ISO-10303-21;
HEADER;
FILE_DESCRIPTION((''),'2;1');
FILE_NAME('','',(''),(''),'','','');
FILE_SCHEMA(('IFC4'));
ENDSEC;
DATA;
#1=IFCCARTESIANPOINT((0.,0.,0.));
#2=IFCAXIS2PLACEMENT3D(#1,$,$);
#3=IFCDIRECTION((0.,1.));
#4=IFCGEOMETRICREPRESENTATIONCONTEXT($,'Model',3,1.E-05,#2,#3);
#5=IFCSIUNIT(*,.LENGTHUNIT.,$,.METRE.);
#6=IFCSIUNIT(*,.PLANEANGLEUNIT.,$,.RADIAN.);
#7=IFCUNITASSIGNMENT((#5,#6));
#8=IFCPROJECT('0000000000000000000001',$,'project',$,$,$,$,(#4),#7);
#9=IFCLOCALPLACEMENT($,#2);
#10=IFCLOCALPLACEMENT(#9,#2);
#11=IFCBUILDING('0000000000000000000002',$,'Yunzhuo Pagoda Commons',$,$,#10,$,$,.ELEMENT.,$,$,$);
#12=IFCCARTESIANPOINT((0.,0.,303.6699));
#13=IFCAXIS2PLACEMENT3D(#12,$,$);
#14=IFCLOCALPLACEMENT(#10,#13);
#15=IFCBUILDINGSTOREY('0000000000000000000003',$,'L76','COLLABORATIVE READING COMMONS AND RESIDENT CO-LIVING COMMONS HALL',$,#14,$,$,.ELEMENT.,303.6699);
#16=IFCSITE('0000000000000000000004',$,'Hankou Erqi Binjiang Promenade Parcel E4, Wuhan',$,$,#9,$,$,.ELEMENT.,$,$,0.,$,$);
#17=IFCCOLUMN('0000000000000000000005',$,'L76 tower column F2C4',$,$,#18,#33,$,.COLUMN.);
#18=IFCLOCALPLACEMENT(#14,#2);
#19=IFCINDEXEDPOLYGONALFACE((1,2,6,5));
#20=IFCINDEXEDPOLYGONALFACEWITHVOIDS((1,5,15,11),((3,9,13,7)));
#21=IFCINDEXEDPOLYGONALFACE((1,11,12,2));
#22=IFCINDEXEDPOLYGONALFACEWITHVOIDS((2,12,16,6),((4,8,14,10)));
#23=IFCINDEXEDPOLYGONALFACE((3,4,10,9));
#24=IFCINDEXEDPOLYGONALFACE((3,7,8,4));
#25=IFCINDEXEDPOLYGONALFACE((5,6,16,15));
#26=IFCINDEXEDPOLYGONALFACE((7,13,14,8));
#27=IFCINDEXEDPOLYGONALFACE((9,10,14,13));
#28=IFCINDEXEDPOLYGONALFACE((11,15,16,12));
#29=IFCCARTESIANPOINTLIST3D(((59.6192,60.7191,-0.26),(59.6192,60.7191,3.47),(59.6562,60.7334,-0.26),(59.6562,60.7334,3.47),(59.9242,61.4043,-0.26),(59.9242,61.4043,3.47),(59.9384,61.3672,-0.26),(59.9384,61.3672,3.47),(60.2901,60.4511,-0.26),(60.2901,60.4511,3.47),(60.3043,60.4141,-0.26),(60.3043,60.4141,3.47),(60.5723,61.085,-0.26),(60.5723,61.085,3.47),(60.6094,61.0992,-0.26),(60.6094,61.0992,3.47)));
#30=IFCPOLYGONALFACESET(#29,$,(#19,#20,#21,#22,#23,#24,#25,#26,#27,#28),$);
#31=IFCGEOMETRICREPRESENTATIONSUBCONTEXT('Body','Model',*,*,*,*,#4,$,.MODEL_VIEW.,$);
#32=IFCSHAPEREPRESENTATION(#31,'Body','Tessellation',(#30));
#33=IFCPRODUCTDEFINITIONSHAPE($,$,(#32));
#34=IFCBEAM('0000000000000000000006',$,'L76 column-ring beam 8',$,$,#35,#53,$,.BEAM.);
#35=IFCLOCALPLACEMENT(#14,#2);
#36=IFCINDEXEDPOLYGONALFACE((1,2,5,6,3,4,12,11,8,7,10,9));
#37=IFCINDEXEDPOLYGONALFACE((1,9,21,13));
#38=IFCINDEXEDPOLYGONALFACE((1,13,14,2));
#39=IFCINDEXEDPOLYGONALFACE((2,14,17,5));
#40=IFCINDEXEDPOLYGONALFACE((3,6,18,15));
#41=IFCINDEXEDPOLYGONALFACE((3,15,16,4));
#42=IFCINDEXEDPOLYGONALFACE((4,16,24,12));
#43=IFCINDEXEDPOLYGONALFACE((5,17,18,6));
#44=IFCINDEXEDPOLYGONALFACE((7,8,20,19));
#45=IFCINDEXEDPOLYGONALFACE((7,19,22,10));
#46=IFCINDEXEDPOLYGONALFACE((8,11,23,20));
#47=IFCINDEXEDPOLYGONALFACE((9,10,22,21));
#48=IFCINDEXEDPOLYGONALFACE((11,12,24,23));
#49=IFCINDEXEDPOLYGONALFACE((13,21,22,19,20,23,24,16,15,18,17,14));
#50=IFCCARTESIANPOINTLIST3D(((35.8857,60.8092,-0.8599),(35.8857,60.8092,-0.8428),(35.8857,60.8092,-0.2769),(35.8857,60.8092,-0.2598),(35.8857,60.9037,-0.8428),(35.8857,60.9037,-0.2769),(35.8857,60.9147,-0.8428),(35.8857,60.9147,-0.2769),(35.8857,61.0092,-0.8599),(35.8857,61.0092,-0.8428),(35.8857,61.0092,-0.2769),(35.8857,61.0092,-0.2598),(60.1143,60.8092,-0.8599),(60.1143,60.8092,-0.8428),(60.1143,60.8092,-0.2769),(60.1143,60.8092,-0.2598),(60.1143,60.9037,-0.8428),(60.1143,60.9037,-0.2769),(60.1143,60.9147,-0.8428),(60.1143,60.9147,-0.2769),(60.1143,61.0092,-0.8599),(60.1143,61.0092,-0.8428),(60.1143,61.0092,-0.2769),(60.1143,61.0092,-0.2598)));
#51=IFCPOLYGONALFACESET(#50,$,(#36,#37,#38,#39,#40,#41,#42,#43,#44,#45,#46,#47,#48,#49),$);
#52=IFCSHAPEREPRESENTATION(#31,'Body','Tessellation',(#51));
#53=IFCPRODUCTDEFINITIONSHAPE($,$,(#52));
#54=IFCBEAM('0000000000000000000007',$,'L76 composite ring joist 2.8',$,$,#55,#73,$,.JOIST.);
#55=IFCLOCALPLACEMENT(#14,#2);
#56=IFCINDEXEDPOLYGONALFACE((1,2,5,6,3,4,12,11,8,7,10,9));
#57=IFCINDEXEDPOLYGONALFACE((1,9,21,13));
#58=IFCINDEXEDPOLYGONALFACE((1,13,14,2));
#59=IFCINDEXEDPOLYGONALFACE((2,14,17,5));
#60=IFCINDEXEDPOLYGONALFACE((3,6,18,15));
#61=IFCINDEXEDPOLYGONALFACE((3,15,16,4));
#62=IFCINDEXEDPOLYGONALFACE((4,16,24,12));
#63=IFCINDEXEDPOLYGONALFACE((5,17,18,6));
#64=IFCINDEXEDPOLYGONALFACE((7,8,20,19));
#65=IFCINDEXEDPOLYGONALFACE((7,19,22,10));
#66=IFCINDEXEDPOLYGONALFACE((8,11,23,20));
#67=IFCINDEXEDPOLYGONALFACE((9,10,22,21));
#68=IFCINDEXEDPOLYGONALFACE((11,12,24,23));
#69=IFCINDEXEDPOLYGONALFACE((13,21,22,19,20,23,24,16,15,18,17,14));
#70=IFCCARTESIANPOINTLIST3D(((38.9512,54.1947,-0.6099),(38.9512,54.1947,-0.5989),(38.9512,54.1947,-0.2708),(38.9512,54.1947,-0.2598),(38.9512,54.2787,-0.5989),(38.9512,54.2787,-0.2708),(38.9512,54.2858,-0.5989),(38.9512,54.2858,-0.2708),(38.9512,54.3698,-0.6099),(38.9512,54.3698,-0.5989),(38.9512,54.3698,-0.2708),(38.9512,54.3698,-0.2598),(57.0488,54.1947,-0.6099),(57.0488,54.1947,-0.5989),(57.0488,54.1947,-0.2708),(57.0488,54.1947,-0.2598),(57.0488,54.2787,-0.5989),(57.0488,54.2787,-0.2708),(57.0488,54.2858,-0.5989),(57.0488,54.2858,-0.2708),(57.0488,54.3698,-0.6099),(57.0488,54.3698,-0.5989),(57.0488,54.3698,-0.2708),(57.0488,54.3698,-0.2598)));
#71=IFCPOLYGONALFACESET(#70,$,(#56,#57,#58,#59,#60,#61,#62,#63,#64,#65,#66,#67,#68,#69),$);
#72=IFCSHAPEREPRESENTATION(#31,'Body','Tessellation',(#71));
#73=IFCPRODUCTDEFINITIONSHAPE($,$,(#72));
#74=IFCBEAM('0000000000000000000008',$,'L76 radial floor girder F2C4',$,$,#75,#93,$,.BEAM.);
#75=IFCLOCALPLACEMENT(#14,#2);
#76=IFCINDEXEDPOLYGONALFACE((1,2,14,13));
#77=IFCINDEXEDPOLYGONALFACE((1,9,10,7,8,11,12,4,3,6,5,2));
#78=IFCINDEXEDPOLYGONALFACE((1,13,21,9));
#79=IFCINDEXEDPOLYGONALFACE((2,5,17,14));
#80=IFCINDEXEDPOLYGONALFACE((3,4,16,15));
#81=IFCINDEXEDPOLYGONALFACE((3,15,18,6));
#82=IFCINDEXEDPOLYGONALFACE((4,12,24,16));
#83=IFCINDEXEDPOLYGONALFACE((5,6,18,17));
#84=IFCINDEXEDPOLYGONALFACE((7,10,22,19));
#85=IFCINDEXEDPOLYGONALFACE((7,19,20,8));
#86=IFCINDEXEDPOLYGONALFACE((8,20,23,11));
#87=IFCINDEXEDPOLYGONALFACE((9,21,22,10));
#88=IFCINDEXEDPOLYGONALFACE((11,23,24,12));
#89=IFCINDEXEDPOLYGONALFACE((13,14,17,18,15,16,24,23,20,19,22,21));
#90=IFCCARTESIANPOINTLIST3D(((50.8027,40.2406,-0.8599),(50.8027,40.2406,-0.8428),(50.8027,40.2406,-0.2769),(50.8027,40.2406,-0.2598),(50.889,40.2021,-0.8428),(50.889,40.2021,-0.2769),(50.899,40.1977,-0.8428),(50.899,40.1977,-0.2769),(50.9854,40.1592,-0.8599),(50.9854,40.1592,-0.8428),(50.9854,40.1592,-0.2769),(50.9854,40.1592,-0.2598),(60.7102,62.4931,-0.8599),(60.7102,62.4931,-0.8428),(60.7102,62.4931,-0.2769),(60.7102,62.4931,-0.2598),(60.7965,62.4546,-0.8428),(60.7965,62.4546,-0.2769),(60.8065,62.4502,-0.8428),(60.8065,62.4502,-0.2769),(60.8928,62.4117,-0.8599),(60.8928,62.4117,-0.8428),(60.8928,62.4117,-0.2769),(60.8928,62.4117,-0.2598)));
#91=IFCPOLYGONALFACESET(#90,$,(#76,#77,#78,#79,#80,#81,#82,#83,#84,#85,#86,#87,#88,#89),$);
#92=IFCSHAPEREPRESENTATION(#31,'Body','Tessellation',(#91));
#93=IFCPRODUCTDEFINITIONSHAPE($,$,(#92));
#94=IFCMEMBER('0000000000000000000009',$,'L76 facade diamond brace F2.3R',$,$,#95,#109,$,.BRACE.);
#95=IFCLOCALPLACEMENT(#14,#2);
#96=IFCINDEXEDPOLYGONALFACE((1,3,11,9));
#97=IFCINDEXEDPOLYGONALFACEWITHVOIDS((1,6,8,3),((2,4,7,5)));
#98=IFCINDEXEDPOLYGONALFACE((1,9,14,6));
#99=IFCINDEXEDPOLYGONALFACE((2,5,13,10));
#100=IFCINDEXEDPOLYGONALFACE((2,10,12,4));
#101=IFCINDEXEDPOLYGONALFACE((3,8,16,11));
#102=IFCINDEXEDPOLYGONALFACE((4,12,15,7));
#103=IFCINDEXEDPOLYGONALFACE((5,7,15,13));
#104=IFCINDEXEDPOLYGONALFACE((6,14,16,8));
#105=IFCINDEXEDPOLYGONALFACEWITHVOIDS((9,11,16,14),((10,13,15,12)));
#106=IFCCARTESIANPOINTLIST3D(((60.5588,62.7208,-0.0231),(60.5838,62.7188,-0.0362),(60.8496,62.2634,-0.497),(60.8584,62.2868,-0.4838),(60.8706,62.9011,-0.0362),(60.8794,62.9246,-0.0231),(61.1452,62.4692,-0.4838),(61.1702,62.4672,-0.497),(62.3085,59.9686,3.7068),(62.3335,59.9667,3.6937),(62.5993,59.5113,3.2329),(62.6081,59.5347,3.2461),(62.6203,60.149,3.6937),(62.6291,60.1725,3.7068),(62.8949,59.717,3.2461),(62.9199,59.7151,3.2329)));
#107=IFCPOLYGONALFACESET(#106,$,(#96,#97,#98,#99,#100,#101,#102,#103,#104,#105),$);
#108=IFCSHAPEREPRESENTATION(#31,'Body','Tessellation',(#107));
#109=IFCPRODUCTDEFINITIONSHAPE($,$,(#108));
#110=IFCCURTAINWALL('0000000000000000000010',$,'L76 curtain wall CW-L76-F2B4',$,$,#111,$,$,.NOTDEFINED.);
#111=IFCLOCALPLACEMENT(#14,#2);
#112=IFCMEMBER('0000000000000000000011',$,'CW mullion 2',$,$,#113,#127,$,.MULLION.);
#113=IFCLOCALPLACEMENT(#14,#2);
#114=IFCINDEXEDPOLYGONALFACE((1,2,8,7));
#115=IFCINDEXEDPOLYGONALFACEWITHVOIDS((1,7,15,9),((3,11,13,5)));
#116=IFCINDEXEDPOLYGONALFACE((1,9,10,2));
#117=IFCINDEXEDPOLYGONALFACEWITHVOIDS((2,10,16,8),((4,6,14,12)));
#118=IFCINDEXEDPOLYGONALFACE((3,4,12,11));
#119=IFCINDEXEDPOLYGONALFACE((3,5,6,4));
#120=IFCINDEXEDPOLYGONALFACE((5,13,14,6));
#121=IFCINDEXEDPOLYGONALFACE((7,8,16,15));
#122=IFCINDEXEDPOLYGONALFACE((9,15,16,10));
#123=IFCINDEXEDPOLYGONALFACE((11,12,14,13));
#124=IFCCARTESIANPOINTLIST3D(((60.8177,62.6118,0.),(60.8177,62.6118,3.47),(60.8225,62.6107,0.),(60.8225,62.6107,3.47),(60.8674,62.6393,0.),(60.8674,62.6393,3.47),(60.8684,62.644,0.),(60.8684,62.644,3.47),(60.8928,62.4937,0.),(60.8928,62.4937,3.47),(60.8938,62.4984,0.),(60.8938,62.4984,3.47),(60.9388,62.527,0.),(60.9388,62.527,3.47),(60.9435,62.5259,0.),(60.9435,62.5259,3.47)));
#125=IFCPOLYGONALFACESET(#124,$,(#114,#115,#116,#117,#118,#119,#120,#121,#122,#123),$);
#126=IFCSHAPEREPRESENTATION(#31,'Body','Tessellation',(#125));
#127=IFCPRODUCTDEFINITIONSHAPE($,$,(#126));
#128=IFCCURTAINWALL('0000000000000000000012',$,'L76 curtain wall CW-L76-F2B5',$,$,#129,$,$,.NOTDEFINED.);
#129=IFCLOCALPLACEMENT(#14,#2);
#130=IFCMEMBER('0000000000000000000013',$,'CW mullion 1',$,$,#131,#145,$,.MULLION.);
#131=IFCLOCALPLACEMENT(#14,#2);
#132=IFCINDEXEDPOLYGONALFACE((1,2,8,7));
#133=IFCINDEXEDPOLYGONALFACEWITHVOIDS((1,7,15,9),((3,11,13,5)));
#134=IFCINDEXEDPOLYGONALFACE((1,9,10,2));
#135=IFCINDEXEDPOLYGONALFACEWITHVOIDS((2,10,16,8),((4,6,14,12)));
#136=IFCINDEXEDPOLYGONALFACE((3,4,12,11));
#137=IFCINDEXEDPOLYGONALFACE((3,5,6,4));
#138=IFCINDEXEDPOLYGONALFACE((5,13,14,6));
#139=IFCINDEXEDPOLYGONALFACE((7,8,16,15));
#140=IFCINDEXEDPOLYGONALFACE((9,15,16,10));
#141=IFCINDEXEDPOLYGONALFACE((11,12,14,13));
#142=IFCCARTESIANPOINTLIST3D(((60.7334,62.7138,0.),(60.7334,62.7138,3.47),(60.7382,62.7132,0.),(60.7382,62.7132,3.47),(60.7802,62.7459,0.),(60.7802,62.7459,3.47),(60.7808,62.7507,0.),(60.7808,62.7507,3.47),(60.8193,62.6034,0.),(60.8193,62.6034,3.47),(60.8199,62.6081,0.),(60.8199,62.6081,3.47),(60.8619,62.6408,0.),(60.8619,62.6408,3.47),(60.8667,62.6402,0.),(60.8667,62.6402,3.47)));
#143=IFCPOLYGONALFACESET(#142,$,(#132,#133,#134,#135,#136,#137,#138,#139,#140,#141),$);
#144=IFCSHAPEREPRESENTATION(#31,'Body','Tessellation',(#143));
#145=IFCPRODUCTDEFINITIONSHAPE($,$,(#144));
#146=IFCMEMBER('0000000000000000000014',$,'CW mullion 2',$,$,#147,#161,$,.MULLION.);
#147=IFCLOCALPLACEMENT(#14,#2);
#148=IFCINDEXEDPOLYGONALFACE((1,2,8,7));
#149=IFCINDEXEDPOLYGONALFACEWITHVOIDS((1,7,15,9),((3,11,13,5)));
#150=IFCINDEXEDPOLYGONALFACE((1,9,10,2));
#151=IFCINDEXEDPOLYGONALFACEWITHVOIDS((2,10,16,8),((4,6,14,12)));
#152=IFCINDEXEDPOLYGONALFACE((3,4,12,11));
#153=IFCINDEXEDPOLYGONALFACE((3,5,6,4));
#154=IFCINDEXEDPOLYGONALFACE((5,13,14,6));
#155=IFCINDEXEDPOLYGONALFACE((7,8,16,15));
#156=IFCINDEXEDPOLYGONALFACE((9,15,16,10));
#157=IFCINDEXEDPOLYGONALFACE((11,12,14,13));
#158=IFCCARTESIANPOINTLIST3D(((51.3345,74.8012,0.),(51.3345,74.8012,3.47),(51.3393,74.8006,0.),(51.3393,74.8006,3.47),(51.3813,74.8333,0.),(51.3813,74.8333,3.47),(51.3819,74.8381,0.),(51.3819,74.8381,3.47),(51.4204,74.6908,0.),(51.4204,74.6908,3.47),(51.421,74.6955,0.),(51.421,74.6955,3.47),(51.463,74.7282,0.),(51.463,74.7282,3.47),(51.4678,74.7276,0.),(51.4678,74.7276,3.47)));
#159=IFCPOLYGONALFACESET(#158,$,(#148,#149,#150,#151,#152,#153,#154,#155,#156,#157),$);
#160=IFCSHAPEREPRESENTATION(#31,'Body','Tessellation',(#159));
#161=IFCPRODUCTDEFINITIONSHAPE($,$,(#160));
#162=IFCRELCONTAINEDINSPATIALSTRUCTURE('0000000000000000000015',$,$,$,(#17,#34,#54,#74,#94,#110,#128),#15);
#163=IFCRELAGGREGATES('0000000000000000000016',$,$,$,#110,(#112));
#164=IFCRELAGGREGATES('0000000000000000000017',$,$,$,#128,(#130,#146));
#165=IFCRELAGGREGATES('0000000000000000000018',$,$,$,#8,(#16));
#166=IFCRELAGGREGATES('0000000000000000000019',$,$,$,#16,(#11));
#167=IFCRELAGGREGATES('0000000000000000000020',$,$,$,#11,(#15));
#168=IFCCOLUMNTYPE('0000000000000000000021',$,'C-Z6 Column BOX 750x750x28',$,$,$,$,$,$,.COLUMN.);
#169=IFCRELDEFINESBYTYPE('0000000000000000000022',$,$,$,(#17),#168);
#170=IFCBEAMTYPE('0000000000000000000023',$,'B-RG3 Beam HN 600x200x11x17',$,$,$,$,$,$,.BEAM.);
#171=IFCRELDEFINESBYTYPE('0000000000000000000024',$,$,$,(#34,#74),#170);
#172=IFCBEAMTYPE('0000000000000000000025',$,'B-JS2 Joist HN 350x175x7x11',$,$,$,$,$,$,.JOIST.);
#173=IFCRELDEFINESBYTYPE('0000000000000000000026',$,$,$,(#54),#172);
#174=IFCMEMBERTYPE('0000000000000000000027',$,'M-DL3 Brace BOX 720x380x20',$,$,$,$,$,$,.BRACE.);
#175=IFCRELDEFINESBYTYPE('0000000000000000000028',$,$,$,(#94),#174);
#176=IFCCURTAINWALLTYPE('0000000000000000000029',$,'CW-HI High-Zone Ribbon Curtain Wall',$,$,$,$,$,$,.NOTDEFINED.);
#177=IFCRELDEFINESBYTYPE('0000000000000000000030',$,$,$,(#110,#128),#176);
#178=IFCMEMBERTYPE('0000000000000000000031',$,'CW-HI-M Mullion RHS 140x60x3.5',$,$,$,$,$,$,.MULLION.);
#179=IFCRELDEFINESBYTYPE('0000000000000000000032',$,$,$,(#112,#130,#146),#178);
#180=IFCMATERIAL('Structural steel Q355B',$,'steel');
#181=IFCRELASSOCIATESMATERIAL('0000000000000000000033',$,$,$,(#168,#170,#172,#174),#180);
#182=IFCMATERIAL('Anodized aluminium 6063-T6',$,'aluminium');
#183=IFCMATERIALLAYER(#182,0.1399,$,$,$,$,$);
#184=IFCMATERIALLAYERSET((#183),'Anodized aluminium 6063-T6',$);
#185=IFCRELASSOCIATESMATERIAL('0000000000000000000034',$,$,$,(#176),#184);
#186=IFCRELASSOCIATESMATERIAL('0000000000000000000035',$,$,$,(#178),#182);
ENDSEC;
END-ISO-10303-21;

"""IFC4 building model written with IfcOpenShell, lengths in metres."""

from ifc_helpers import new_model, si_unit, direction, frame, origin, origin_2d, place, context, subcontext, project, spatial, hollow_rectangle, i_section, extrude, source, transform, mapped, material, layer, layer_set, material_profile, profile_set, type_object, element, aggregate, save


model = new_model("IFC4")

# Units and contexts
model_context = context("Model", 3, precision=1e-05, world=origin(), true_north=direction((0.0, 1.0)))
body_context = subcontext(model_context, "Body", "Model", "MODEL_VIEW")
ifc_project = project(units=[si_unit("LENGTHUNIT", "METRE"), si_unit("PLANEANGLEUNIT", "RADIAN")], contexts=[model_context])

# Site, building, storey
site_placement = place(None, origin())
site = spatial("IfcSite", under=ifc_project, at=site_placement, Name="Hankou Erqi Binjiang Promenade Parcel E4, Wuhan", CompositionType="ELEMENT", RefElevation=0.0)
building_placement = place(site_placement, origin())
building = spatial("IfcBuilding", under=site, at=building_placement, Name="Yunzhuo Pagoda Commons", CompositionType="ELEMENT")
storey_placement = place(building_placement, frame((0.0, 0.0, 303.6699)))
storey = spatial("IfcBuildingStorey", under=building, at=storey_placement, Name="L76", Description="COLLABORATIVE READING COMMONS AND RESIDENT CO-LIVING COMMONS HALL", CompositionType="ELEMENT", Elevation=303.6699)

# Column
ifc_material_1 = material(Name="Structural steel Q355B", Category="steel")
ifc_material_profile_1 = material_profile(ifc_material_1, hollow_rectangle(XDim=0.75, YDim=0.75, WallThickness=0.0281, at=origin_2d()), Name="Structural steel Q355B")
ifc_profile_set_1 = profile_set([ifc_material_profile_1], Name="Structural steel Q355B")
column_type = type_object("IfcColumnType", Name="C-Z6 Column BOX 750x750x28", PredefinedType="COLUMN", material=ifc_profile_set_1)
shared_shape_1 = source(origin(), body_context, "Body", "SweptSolid", [
    extrude(hollow_rectangle(XDim=0.75, YDim=0.75, WallThickness=0.0281, at=origin_2d()), origin(), (0.0, 0.0, 1.0), 3.73),
])
column_placement = place(storey_placement, frame((60.1143, 60.9092, -0.26), z_axis=(0.0, 0.0, 1.0), x_axis=(-0.913545, 0.406737, 0.0)))
element("IfcColumn", 1, at=column_placement, inside=storey, type_object=column_type, Name="L76 tower column F2C4", PredefinedType="COLUMN", context=body_context, shape_type="MappedRepresentation", body=[
    mapped(shared_shape_1, transform((0.0, 0.0, 0.0), scale=1.0)),
])

# Beams
ifc_material_profile_2 = material_profile(ifc_material_1, i_section(OverallWidth=0.2, OverallDepth=0.6001, WebThickness=0.011, FlangeThickness=0.0171, at=origin_2d()), Name="Structural steel Q355B")
ifc_profile_set_2 = profile_set([ifc_material_profile_2], Name="Structural steel Q355B")
beam_type_1 = type_object("IfcBeamType", Name="B-RG3 Beam HN 600x200x11x17", PredefinedType="BEAM", material=ifc_profile_set_2)
shared_shape_2 = source(origin(), body_context, "Body", "SweptSolid", [
    extrude(i_section(OverallWidth=0.2, OverallDepth=0.6001, WebThickness=0.011, FlangeThickness=0.0171, at=origin_2d()), origin(), (0.0, 0.0, 1.0), 24.2285),
])
beam_1_placement = place(storey_placement, frame((60.1143, 60.9092, -0.5598), z_axis=(-1.0, 0.0, 0.0), x_axis=(0.0, -1.0, 0.0)))
element("IfcBeam", 2, at=beam_1_placement, inside=storey, type_object=beam_type_1, Name="L76 column-ring beam 8", PredefinedType="BEAM", context=body_context, shape_type="MappedRepresentation", body=[
    mapped(shared_shape_2, transform((0.0, 0.0, 0.0), scale=1.0)),
])
ifc_material_profile_3 = material_profile(ifc_material_1, i_section(OverallWidth=0.175, OverallDepth=0.3501, WebThickness=0.0071, FlangeThickness=0.011, at=origin_2d()), Name="Structural steel Q355B")
ifc_profile_set_3 = profile_set([ifc_material_profile_3], Name="Structural steel Q355B")
beam_type_2 = type_object("IfcBeamType", Name="B-JS2 Joist HN 350x175x7x11", PredefinedType="JOIST", material=ifc_profile_set_3)
shared_shape_3 = source(origin(), body_context, "Body", "SweptSolid", [
    extrude(i_section(OverallWidth=0.175, OverallDepth=0.3501, WebThickness=0.0071, FlangeThickness=0.011, at=origin_2d()), origin(), (0.0, 0.0, 1.0), 18.0977),
])
beam_2_placement = place(storey_placement, frame((57.0488, 54.2822, -0.4348), z_axis=(-1.0, 0.0, 0.0), x_axis=(0.0, -1.0, 0.0)))
element("IfcBeam", 3, at=beam_2_placement, inside=storey, type_object=beam_type_2, Name="L76 composite ring joist 2.8", PredefinedType="JOIST", context=body_context, shape_type="MappedRepresentation", body=[
    mapped(shared_shape_3, transform((0.0, 0.0, 0.0), scale=1.0)),
])
shared_shape_4 = source(origin(), body_context, "Body", "SweptSolid", [
    extrude(i_section(OverallWidth=0.2, OverallDepth=0.6001, WebThickness=0.011, FlangeThickness=0.0171, at=origin_2d()), origin(), (0.0, 0.0, 1.0), 24.3584),
])
beam_3_placement = place(storey_placement, frame((60.8015, 62.4524, -0.5598), z_axis=(-0.406738, -0.913545, 0.0), x_axis=(0.913545, -0.406738, 0.0)))
element("IfcBeam", 4, at=beam_3_placement, inside=storey, type_object=beam_type_1, Name="L76 radial floor girder F2C4", PredefinedType="BEAM", context=body_context, shape_type="MappedRepresentation", body=[
    mapped(shared_shape_4, transform((0.0, 0.0, 0.0), scale=1.0)),
])

# Member
ifc_material_profile_4 = material_profile(ifc_material_1, hollow_rectangle(XDim=0.3799, YDim=0.72, WallThickness=0.02, at=origin_2d()), Name="Structural steel Q355B")
ifc_profile_set_4 = profile_set([ifc_material_profile_4], Name="Structural steel Q355B")
member_type_1 = type_object("IfcMemberType", Name="M-DL3 Brace BOX 720x380x20", PredefinedType="BRACE", material=ifc_profile_set_4)
shared_shape_5 = source(origin(), body_context, "Body", "SweptSolid", [
    extrude(hollow_rectangle(XDim=0.3799, YDim=0.72, WallThickness=0.02, at=origin_2d()), origin(), (0.0, 0.0, 1.0), 4.9546),
])
member_1_placement = place(storey_placement, frame((60.8645, 62.594, -0.26), z_axis=(0.353151, -0.555473, 0.752818), x_axis=(0.84389, 0.536517, 0.0)))
element("IfcMember", 5, at=member_1_placement, inside=storey, type_object=member_type_1, Name="L76 facade diamond brace F2.3R", PredefinedType="BRACE", context=body_context, shape_type="MappedRepresentation", body=[
    mapped(shared_shape_5, transform((0.0, 0.0, 0.0), scale=1.0)),
])

# Curtain wall, member
ifc_material_2 = material(Name="Anodized aluminium 6063-T6", Category="aluminium")
ifc_layer_1 = layer(ifc_material_2, 0.1399)
ifc_layer_set_1 = layer_set([ifc_layer_1], Name="Anodized aluminium 6063-T6")
curtain_wall_type = type_object("IfcCurtainWallType", Name="CW-HI High-Zone Ribbon Curtain Wall", PredefinedType="NOTDEFINED", material=ifc_layer_set_1)
curtain_wall_1_placement = place(storey_placement, origin())
curtain_wall_1 = element("IfcCurtainWall", 6, at=curtain_wall_1_placement, inside=storey, type_object=curtain_wall_type, Name="L76 curtain wall CW-L76-F2B4", PredefinedType="NOTDEFINED")
ifc_material_profile_5 = material_profile(ifc_material_2, hollow_rectangle(XDim=0.0601, YDim=0.1399, WallThickness=0.0034, at=origin_2d()), Name="Anodized aluminium 6063-T6")
ifc_profile_set_5 = profile_set([ifc_material_profile_5], Name="Anodized aluminium 6063-T6")
member_type_2 = type_object("IfcMemberType", Name="CW-HI-M Mullion RHS 140x60x3.5", PredefinedType="MULLION", material=ifc_profile_set_5)
shared_shape_6 = source(origin(), body_context, "Body", "SweptSolid", [
    extrude(hollow_rectangle(XDim=0.0601, YDim=0.1399, WallThickness=0.0034, at=origin_2d()), origin(), (0.0, 0.0, 1.0), 3.47),
])
member_2_placement = place(storey_placement, frame((60.8806, 62.5688, 0.0), z_axis=(0.0, 0.0, 1.0), x_axis=(-0.84391, -0.536485, 0.0)))
member_2 = element("IfcMember", 7, at=member_2_placement, type_object=member_type_2, Name="CW mullion 2", PredefinedType="MULLION", context=body_context, shape_type="MappedRepresentation", body=[
    mapped(shared_shape_6, transform((0.0, 0.0, 0.0), scale=1.0)),
])

# Curtain wall, members
curtain_wall_2_placement = place(storey_placement, origin())
curtain_wall_2 = element("IfcCurtainWall", 8, at=curtain_wall_2_placement, inside=storey, type_object=curtain_wall_type, Name="L76 curtain wall CW-L76-F2B5", PredefinedType="NOTDEFINED")
member_3_placement = place(storey_placement, frame((60.8, 62.677, 0.0), z_axis=(0.0, 0.0, 1.0), x_axis=(-0.78943, -0.61384, 0.0)))
member_3 = element("IfcMember", 9, at=member_3_placement, type_object=member_type_2, Name="CW mullion 1", PredefinedType="MULLION", context=body_context, shape_type="MappedRepresentation", body=[
    mapped(shared_shape_6, transform((0.0, 0.0, 0.0), scale=1.0)),
])
member_4_placement = place(storey_placement, frame((51.4011, 74.7644, 0.0), z_axis=(0.0, 0.0, 1.0), x_axis=(-0.78943, -0.61384, 0.0)))
member_4 = element("IfcMember", 10, at=member_4_placement, type_object=member_type_2, Name="CW mullion 2", PredefinedType="MULLION", context=body_context, shape_type="MappedRepresentation", body=[
    mapped(shared_shape_6, transform((0.0, 0.0, 0.0), scale=1.0)),
])

aggregate(curtain_wall_1, [member_2])

aggregate(curtain_wall_2, [member_3, member_4])

save(model, "model.ifc")
